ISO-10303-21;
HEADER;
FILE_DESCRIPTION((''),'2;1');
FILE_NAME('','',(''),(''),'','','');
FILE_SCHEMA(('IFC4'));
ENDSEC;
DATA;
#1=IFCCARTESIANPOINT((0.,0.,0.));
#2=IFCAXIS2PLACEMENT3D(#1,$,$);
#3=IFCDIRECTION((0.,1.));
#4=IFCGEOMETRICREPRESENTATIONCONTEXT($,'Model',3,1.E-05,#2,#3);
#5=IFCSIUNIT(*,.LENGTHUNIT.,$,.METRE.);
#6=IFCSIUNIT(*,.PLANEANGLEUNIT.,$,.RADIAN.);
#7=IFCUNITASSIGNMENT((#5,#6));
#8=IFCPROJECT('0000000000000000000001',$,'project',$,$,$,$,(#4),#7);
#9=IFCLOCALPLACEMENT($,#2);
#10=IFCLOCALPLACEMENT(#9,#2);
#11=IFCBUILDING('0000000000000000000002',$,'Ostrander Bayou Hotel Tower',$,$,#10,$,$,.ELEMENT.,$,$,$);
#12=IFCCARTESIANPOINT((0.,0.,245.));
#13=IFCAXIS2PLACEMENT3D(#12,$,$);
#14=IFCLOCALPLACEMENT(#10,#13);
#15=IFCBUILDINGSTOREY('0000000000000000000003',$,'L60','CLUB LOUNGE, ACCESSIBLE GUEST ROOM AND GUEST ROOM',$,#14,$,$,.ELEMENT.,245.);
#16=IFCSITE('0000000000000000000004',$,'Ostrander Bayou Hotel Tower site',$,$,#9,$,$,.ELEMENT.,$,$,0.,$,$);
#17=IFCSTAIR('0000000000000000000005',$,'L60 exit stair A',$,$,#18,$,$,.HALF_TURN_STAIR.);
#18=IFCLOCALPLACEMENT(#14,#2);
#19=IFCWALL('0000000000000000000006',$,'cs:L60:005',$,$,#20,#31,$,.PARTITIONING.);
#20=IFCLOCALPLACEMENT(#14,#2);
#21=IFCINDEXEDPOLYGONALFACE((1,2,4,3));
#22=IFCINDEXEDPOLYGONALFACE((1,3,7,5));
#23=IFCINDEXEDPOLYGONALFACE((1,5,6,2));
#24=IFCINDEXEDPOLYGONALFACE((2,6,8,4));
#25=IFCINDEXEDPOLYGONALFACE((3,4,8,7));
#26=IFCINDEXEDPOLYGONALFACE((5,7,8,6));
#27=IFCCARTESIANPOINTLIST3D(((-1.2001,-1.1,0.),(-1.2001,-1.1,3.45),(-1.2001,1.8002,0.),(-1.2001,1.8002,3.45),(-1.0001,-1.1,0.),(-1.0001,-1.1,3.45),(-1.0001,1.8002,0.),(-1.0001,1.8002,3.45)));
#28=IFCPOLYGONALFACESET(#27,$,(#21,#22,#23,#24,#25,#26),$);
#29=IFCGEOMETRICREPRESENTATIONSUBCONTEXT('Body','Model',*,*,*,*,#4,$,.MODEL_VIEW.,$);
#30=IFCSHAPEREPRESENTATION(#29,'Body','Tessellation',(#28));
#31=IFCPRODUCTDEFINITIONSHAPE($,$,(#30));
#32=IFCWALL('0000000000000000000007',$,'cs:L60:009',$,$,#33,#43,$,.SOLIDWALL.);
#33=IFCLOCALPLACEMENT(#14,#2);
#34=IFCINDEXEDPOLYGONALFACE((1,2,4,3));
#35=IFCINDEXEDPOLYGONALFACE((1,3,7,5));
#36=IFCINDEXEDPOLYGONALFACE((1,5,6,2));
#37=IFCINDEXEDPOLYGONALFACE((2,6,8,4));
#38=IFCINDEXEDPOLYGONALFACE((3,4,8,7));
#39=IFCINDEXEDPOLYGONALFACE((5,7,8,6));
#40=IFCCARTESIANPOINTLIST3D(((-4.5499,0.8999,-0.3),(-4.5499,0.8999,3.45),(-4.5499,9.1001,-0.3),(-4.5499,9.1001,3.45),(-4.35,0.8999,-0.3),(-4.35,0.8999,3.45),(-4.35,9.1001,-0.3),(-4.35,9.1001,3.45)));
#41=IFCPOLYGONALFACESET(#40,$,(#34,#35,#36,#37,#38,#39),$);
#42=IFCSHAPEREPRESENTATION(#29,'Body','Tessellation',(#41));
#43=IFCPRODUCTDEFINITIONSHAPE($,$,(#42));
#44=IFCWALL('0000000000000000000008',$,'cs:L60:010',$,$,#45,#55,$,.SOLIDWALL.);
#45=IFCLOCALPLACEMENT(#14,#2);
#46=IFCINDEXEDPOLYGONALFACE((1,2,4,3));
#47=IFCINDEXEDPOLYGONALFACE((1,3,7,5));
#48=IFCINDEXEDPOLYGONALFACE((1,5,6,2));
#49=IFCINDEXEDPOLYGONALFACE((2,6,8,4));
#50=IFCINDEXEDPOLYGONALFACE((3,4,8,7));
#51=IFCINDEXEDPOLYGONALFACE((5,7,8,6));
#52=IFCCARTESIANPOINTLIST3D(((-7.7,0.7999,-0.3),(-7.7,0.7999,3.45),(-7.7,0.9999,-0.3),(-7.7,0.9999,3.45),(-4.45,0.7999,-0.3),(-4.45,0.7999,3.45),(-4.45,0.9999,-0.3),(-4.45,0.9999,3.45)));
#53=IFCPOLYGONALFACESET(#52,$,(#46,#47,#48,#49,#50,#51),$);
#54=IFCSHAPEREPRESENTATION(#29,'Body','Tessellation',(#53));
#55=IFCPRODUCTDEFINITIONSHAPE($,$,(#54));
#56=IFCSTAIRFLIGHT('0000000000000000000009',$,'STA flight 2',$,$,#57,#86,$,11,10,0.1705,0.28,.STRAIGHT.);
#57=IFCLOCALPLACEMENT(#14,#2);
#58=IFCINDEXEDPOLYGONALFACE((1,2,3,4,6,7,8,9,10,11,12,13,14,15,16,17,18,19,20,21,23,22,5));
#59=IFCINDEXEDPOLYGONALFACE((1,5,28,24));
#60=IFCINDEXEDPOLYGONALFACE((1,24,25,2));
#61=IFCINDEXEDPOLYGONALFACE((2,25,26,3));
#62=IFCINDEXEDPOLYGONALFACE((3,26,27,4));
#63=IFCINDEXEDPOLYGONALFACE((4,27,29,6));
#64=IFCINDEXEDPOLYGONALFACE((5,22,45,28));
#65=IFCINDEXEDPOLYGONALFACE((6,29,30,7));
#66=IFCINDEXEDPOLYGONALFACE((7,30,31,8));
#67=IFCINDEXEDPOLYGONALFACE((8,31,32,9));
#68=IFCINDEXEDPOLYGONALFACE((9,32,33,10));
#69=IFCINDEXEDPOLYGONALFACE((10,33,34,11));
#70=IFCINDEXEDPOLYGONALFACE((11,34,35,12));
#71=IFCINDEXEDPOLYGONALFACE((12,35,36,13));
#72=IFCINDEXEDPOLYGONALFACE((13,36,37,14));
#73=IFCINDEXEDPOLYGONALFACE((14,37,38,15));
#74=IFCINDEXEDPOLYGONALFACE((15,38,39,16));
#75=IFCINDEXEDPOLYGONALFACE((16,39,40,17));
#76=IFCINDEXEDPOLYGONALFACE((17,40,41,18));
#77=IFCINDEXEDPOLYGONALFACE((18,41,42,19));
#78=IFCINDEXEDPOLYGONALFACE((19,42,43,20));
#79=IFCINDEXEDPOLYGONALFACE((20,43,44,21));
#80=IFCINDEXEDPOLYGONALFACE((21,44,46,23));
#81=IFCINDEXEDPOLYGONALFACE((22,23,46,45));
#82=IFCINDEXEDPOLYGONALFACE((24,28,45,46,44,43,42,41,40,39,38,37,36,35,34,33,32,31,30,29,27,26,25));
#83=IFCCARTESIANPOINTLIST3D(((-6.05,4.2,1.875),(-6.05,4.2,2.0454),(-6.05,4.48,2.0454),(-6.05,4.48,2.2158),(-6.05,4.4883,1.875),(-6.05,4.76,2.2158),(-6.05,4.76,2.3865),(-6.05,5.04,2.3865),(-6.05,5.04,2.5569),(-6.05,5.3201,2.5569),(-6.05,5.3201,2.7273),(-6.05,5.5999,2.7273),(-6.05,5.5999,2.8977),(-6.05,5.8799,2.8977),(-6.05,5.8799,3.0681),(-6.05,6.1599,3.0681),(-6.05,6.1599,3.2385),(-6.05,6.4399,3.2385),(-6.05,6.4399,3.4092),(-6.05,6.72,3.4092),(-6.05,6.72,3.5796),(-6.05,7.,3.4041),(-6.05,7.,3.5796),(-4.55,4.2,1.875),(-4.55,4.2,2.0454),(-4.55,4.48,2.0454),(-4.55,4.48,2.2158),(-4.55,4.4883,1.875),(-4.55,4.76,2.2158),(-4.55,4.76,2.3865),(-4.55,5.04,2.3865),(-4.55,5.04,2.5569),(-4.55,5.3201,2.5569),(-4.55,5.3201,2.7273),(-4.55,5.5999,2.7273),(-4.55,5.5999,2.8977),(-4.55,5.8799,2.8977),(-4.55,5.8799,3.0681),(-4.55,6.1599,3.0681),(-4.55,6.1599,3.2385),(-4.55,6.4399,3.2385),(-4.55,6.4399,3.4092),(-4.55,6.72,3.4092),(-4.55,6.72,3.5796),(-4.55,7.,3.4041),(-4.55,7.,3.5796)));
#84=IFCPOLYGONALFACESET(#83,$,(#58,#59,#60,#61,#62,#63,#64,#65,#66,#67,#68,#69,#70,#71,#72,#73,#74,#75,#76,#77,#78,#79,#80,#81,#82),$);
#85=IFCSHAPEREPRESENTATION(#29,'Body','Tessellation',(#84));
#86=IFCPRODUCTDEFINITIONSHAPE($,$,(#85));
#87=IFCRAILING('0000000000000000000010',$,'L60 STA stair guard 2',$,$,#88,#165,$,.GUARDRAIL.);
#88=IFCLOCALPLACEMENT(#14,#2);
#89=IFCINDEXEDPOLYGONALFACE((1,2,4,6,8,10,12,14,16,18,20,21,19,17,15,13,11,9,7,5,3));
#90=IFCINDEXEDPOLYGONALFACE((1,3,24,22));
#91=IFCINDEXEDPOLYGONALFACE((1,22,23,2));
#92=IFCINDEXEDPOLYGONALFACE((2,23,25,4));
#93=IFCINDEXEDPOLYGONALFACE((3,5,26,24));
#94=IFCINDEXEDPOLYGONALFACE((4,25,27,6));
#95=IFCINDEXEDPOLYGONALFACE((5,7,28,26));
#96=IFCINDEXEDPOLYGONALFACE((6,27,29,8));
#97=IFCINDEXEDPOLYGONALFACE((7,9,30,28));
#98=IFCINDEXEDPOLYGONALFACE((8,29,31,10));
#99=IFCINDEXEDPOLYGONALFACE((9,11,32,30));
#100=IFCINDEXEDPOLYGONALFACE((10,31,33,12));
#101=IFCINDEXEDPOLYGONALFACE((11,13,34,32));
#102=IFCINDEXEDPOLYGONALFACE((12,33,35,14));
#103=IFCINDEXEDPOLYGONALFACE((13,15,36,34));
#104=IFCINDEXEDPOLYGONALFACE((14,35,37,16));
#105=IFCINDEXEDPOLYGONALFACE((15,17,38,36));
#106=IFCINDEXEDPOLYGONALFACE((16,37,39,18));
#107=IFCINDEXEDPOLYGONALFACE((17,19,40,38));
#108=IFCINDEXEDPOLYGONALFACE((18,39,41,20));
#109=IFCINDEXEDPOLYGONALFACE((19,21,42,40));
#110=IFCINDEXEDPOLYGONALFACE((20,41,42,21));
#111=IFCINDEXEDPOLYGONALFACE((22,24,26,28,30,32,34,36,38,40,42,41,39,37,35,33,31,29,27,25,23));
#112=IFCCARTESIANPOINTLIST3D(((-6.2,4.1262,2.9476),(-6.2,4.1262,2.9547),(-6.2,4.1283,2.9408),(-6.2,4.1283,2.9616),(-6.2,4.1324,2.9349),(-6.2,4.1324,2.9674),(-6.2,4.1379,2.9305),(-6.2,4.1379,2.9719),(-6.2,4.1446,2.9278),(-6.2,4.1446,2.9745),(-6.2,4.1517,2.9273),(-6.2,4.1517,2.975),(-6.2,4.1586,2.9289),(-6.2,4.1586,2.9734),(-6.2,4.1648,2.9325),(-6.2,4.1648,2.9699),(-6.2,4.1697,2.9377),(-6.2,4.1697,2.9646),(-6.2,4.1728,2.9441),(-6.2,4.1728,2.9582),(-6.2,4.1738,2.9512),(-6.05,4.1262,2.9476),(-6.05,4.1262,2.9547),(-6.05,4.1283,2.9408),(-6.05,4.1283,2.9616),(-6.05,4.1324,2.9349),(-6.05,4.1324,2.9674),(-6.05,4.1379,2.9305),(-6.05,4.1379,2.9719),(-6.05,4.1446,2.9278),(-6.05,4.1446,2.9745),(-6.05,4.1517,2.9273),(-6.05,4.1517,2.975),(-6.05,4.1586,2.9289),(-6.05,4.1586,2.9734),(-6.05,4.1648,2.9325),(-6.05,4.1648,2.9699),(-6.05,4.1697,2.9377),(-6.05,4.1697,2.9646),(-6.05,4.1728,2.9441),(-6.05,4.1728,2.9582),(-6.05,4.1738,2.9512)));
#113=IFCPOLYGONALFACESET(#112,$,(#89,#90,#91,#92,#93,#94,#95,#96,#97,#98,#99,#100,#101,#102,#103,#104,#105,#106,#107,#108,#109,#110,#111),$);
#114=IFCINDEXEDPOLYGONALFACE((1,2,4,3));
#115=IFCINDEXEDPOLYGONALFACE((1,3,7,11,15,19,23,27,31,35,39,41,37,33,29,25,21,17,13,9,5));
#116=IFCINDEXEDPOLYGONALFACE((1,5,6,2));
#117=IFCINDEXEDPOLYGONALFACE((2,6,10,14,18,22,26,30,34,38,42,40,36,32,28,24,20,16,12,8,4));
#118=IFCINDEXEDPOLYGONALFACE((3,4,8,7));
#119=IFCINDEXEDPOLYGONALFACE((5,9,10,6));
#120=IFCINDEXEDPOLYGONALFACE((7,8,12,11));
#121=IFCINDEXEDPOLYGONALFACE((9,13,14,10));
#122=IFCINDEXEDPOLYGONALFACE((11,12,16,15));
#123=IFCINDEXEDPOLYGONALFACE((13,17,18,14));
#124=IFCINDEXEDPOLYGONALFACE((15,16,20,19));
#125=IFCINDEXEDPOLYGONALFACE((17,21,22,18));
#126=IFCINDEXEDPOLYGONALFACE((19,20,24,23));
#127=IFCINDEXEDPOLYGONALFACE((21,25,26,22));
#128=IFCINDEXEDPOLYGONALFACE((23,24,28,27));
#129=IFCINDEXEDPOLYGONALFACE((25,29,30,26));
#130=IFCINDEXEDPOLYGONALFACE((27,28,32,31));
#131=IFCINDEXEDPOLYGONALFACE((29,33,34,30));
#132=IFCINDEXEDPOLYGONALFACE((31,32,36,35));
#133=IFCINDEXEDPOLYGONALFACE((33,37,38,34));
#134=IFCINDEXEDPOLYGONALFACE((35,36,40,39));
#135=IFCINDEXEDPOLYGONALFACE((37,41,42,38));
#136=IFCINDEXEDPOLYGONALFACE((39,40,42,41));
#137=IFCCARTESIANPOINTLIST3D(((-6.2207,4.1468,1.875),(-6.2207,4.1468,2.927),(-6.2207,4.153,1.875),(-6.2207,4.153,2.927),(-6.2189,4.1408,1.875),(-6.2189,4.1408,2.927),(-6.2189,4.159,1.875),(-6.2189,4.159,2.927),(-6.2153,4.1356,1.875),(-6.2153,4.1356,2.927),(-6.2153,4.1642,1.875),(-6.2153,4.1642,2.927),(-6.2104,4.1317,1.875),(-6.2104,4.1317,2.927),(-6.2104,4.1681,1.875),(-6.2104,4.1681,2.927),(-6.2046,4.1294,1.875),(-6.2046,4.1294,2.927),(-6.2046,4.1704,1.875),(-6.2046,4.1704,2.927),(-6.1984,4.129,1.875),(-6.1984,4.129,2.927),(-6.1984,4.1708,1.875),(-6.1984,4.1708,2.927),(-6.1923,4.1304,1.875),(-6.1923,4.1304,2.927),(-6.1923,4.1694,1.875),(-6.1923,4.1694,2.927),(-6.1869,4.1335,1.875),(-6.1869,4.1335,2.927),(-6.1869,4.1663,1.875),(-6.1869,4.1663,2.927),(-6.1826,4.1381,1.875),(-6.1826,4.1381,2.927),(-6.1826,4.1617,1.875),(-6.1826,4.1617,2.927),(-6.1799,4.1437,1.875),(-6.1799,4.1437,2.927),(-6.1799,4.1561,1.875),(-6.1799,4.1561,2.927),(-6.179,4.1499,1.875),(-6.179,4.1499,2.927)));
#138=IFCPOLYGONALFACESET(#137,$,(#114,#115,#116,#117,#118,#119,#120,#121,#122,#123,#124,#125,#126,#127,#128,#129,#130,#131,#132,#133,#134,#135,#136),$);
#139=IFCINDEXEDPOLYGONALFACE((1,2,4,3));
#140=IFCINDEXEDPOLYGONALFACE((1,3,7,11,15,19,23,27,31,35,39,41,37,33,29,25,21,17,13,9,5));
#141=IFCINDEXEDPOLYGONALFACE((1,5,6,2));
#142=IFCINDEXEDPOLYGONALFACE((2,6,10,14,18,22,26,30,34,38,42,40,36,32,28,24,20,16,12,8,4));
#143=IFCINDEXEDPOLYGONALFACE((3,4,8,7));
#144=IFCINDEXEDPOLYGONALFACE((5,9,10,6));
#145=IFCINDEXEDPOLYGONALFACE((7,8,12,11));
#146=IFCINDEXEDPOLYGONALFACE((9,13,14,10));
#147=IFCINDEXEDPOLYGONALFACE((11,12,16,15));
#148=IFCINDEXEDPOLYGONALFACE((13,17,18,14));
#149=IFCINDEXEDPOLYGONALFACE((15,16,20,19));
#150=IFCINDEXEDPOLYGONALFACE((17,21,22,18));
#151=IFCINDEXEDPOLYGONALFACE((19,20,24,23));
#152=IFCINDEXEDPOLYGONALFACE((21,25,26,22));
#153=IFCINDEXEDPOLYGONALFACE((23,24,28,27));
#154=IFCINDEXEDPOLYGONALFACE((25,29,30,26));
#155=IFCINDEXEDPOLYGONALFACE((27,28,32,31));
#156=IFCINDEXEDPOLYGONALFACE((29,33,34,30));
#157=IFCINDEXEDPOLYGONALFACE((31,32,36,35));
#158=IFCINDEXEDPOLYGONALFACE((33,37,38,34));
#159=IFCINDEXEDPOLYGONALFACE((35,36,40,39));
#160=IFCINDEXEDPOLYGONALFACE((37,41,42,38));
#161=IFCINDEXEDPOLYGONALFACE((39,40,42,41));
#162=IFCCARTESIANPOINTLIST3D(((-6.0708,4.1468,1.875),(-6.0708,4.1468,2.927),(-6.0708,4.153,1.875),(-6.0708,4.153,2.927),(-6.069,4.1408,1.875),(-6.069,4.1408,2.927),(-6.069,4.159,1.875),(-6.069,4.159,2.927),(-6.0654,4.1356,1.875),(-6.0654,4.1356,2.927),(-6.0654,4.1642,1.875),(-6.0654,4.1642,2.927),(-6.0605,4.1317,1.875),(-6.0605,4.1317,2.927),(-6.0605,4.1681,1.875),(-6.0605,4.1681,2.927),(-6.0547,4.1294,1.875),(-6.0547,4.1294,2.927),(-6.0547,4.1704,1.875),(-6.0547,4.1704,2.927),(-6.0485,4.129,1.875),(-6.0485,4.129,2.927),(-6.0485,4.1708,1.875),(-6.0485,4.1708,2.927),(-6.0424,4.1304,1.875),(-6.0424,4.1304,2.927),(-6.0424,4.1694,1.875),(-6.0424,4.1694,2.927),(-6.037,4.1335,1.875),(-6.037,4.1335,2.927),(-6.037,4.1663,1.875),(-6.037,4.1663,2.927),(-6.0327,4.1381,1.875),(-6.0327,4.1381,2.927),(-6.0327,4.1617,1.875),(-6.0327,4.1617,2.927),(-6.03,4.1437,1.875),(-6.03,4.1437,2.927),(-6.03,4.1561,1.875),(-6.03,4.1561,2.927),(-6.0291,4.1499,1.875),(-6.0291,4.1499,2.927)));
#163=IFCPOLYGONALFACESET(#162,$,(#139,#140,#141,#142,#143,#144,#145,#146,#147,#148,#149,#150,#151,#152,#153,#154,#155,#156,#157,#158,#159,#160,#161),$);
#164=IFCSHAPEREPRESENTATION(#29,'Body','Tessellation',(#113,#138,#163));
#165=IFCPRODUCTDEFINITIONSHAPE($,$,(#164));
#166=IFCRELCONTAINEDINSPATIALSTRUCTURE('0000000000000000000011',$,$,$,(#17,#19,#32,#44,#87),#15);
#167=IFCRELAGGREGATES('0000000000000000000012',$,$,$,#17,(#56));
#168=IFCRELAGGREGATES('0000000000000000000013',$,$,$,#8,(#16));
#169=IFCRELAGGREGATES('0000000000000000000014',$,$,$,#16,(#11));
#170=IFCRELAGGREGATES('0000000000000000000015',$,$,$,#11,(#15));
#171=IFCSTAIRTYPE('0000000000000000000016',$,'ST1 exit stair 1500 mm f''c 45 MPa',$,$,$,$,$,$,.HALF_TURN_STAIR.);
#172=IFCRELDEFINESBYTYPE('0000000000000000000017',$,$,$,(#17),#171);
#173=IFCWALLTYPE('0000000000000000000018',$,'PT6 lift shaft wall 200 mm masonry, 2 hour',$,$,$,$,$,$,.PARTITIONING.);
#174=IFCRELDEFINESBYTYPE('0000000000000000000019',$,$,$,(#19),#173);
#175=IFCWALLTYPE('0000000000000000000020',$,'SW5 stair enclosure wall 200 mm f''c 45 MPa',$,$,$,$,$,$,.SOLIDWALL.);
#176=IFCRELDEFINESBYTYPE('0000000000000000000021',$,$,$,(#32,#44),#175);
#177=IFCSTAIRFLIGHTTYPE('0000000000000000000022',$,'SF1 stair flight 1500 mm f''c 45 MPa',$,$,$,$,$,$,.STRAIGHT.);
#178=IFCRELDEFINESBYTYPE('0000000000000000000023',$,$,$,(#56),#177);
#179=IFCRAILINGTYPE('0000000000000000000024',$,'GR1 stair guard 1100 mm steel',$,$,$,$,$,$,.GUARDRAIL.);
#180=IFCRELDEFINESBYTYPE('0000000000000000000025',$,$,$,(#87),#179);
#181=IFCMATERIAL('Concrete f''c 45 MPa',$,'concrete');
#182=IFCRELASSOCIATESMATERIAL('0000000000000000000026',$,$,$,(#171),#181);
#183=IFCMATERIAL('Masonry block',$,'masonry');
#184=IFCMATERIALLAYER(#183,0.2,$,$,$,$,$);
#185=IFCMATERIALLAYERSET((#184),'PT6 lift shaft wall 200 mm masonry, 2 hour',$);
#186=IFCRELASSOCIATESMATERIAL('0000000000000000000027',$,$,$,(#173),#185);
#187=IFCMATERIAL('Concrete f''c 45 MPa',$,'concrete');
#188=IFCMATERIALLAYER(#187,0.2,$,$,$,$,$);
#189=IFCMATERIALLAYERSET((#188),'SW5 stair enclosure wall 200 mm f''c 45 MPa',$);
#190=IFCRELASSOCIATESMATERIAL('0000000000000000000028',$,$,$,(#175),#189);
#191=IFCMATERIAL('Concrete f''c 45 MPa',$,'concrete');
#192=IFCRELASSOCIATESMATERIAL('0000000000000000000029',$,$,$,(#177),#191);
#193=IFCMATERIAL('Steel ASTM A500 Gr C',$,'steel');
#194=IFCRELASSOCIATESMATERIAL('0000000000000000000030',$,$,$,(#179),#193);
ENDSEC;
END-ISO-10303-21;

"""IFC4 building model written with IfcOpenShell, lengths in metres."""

from ifc_helpers import new_model, si_unit, direction, frame, frame_2d, origin, origin_2d, place, context, subcontext, project, spatial, polyline, rectangle, circle, outline, extrude, material, layer, layer_set, type_object, element, aggregate, save


model = new_model("IFC4")

# Units and contexts
model_context = context("Model", 3, precision=1e-05, world=origin(), true_north=direction((0.0, 1.0)))
body_context = subcontext(model_context, "Body", "Model", "MODEL_VIEW")
ifc_project = project(units=[si_unit("LENGTHUNIT", "METRE"), si_unit("PLANEANGLEUNIT", "RADIAN")], contexts=[model_context])

# Site, building, storey
site_placement = place(None, origin())
site = spatial("IfcSite", under=ifc_project, at=site_placement, Name="Ostrander Bayou Hotel Tower site", CompositionType="ELEMENT", RefElevation=0.0)
building_placement = place(site_placement, origin())
building = spatial("IfcBuilding", under=site, at=building_placement, Name="Ostrander Bayou Hotel Tower", CompositionType="ELEMENT")
storey_placement = place(building_placement, frame((0.0, 0.0, 245.0)))
storey = spatial("IfcBuildingStorey", under=building, at=storey_placement, Name="L60", Description="CLUB LOUNGE, ACCESSIBLE GUEST ROOM AND GUEST ROOM", CompositionType="ELEMENT", Elevation=245.0)

# Stair
ifc_material_1 = material(Name="Concrete f'c 45 MPa", Category="concrete")
stair_type = type_object("IfcStairType", Name="ST1 exit stair 1500 mm f'c 45 MPa", PredefinedType="HALF_TURN_STAIR", material=ifc_material_1)
stair_1_placement = place(storey_placement, origin())
stair_1 = element("IfcStair", 1, at=stair_1_placement, inside=storey, type_object=stair_type, Name="L60 exit stair A", PredefinedType="HALF_TURN_STAIR")

# Shared definitions
ifc_material_2 = material(Name="Masonry block", Category="masonry")
ifc_layer_1 = layer(ifc_material_2, 0.2)
ifc_layer_set_1 = layer_set([ifc_layer_1], Name="PT6 lift shaft wall 200 mm masonry, 2 hour")
wall_type_1 = type_object("IfcWallType", Name="PT6 lift shaft wall 200 mm masonry, 2 hour", PredefinedType="PARTITIONING", material=ifc_layer_set_1)

# Walls
wall_1_placement = place(storey_placement, frame((-1.1001, -1.1001, 0.0), z_axis=(0.0, 0.0, 1.0), x_axis=(0.0, 1.0, 0.0)))
element("IfcWall", 2, at=wall_1_placement, inside=storey, type_object=wall_type_1, Name="cs:L60:005", PredefinedType="PARTITIONING", context=body_context, shape_type="SweptSolid", body=[
    extrude(rectangle(XDim=2.9001, YDim=0.2, at=frame_2d((1.4502, 0.0))), origin(), (0.0, 0.0, 1.0), 3.45),
])
ifc_material_3 = material(Name="Concrete f'c 45 MPa", Category="concrete")
ifc_layer_2 = layer(ifc_material_3, 0.2)
ifc_layer_set_2 = layer_set([ifc_layer_2], Name="SW5 stair enclosure wall 200 mm f'c 45 MPa")
wall_type_2 = type_object("IfcWallType", Name="SW5 stair enclosure wall 200 mm f'c 45 MPa", PredefinedType="SOLIDWALL", material=ifc_layer_set_2)
wall_2_placement = place(storey_placement, frame((-4.45, 0.8999, -0.3), z_axis=(0.0, 0.0, 1.0), x_axis=(0.0, 1.0, 0.0)))
element("IfcWall", 3, at=wall_2_placement, inside=storey, type_object=wall_type_2, Name="cs:L60:009", PredefinedType="SOLIDWALL", context=body_context, shape_type="SweptSolid", body=[
    extrude(rectangle(XDim=8.2002, YDim=0.2, at=frame_2d((4.1001, 0.0))), origin(), (0.0, 0.0, 1.0), 3.75),
])
wall_3_placement = place(storey_placement, frame((-7.7, 0.8999, -0.3), z_axis=(0.0, 0.0, 1.0), x_axis=(1.0, 0.0, 0.0)))
element("IfcWall", 4, at=wall_3_placement, inside=storey, type_object=wall_type_2, Name="cs:L60:010", PredefinedType="SOLIDWALL", context=body_context, shape_type="SweptSolid", body=[
    extrude(rectangle(XDim=3.25, YDim=0.2, at=frame_2d((1.625, 0.0))), origin(), (0.0, 0.0, 1.0), 3.75),
])

# Stair flight
ifc_material_4 = material(Name="Concrete f'c 45 MPa", Category="concrete")
stair_flight_type = type_object("IfcStairFlightType", Name="SF1 stair flight 1500 mm f'c 45 MPa", PredefinedType="STRAIGHT", material=ifc_material_4)
stair_flight_placement = place(storey_placement, frame((-5.3, 4.2, 1.875), z_axis=(0.0, 0.0, 1.0), x_axis=(0.0, 1.0, 0.0)))
stair_flight = element("IfcStairFlight", 5, at=stair_flight_placement, type_object=stair_flight_type, Name="STA flight 2", NumberOfRisers=11, NumberOfTreads=10, PredefinedType="STRAIGHT", RiserHeight=0.1705, TreadLength=0.28, context=body_context, shape_type="SweptSolid", body=[
    extrude(outline(polyline([(0.0, 0.0), (0.0, 0.1704), (0.28, 0.1704), (0.28, 0.3408), (0.5601, 0.3408), (0.5601, 0.5115), (0.8401, 0.5115), (0.8401, 0.6819), (1.1201, 0.6819), (1.1201, 0.8523), (1.3999, 0.8523), (1.3999, 1.0227), (1.6799, 1.0227), (1.6799, 1.1931), (1.96, 1.1931), (1.96, 1.3635), (2.24, 1.3635), (2.24, 1.5342), (2.52, 1.5342), (2.52, 1.7046), (2.8, 1.7046), (2.8, 1.875), (2.8, 1.5291), (0.2883, 0.0), (0.0, 0.0)])), frame((0.0, 0.75, 0.0), z_axis=(0.0, -1.0, 0.0), x_axis=(1.0, 0.0, 0.0)), (0.0, 0.0, 1.0), 1.5),
])
aggregate(stair_1, [stair_flight])

# Railing
ifc_material_5 = material(Name="Steel ASTM A500 Gr C", Category="steel")
railing_type_1 = type_object("IfcRailingType", Name="GR1 stair guard 1100 mm steel", PredefinedType="GUARDRAIL", material=ifc_material_5)
railing_1_placement = place(storey_placement, frame((-6.2, 4.1499, 1.875)))
element("IfcRailing", 6, at=railing_1_placement, inside=storey, type_object=railing_type_1, Name="L60 STA stair guard 2", PredefinedType="GUARDRAIL", context=body_context, shape_type="SweptSolid", body=[
    extrude(circle(Radius=0.0239, at=origin_2d()), frame((0.0, 0.0, 1.0762), z_axis=(1.0, 0.0, 0.0), x_axis=(0.0, 1.0, 0.0)), (0.0, 0.0, 1.0), 0.1499),
    extrude(circle(Radius=0.021, at=origin_2d()), origin(), (0.0, 0.0, 1.0), 1.052),
    extrude(circle(Radius=0.021, at=origin_2d()), frame((0.1499, 0.0, 0.0)), (0.0, 0.0, 1.0), 1.052),
])

save(model, "model.ifc")
